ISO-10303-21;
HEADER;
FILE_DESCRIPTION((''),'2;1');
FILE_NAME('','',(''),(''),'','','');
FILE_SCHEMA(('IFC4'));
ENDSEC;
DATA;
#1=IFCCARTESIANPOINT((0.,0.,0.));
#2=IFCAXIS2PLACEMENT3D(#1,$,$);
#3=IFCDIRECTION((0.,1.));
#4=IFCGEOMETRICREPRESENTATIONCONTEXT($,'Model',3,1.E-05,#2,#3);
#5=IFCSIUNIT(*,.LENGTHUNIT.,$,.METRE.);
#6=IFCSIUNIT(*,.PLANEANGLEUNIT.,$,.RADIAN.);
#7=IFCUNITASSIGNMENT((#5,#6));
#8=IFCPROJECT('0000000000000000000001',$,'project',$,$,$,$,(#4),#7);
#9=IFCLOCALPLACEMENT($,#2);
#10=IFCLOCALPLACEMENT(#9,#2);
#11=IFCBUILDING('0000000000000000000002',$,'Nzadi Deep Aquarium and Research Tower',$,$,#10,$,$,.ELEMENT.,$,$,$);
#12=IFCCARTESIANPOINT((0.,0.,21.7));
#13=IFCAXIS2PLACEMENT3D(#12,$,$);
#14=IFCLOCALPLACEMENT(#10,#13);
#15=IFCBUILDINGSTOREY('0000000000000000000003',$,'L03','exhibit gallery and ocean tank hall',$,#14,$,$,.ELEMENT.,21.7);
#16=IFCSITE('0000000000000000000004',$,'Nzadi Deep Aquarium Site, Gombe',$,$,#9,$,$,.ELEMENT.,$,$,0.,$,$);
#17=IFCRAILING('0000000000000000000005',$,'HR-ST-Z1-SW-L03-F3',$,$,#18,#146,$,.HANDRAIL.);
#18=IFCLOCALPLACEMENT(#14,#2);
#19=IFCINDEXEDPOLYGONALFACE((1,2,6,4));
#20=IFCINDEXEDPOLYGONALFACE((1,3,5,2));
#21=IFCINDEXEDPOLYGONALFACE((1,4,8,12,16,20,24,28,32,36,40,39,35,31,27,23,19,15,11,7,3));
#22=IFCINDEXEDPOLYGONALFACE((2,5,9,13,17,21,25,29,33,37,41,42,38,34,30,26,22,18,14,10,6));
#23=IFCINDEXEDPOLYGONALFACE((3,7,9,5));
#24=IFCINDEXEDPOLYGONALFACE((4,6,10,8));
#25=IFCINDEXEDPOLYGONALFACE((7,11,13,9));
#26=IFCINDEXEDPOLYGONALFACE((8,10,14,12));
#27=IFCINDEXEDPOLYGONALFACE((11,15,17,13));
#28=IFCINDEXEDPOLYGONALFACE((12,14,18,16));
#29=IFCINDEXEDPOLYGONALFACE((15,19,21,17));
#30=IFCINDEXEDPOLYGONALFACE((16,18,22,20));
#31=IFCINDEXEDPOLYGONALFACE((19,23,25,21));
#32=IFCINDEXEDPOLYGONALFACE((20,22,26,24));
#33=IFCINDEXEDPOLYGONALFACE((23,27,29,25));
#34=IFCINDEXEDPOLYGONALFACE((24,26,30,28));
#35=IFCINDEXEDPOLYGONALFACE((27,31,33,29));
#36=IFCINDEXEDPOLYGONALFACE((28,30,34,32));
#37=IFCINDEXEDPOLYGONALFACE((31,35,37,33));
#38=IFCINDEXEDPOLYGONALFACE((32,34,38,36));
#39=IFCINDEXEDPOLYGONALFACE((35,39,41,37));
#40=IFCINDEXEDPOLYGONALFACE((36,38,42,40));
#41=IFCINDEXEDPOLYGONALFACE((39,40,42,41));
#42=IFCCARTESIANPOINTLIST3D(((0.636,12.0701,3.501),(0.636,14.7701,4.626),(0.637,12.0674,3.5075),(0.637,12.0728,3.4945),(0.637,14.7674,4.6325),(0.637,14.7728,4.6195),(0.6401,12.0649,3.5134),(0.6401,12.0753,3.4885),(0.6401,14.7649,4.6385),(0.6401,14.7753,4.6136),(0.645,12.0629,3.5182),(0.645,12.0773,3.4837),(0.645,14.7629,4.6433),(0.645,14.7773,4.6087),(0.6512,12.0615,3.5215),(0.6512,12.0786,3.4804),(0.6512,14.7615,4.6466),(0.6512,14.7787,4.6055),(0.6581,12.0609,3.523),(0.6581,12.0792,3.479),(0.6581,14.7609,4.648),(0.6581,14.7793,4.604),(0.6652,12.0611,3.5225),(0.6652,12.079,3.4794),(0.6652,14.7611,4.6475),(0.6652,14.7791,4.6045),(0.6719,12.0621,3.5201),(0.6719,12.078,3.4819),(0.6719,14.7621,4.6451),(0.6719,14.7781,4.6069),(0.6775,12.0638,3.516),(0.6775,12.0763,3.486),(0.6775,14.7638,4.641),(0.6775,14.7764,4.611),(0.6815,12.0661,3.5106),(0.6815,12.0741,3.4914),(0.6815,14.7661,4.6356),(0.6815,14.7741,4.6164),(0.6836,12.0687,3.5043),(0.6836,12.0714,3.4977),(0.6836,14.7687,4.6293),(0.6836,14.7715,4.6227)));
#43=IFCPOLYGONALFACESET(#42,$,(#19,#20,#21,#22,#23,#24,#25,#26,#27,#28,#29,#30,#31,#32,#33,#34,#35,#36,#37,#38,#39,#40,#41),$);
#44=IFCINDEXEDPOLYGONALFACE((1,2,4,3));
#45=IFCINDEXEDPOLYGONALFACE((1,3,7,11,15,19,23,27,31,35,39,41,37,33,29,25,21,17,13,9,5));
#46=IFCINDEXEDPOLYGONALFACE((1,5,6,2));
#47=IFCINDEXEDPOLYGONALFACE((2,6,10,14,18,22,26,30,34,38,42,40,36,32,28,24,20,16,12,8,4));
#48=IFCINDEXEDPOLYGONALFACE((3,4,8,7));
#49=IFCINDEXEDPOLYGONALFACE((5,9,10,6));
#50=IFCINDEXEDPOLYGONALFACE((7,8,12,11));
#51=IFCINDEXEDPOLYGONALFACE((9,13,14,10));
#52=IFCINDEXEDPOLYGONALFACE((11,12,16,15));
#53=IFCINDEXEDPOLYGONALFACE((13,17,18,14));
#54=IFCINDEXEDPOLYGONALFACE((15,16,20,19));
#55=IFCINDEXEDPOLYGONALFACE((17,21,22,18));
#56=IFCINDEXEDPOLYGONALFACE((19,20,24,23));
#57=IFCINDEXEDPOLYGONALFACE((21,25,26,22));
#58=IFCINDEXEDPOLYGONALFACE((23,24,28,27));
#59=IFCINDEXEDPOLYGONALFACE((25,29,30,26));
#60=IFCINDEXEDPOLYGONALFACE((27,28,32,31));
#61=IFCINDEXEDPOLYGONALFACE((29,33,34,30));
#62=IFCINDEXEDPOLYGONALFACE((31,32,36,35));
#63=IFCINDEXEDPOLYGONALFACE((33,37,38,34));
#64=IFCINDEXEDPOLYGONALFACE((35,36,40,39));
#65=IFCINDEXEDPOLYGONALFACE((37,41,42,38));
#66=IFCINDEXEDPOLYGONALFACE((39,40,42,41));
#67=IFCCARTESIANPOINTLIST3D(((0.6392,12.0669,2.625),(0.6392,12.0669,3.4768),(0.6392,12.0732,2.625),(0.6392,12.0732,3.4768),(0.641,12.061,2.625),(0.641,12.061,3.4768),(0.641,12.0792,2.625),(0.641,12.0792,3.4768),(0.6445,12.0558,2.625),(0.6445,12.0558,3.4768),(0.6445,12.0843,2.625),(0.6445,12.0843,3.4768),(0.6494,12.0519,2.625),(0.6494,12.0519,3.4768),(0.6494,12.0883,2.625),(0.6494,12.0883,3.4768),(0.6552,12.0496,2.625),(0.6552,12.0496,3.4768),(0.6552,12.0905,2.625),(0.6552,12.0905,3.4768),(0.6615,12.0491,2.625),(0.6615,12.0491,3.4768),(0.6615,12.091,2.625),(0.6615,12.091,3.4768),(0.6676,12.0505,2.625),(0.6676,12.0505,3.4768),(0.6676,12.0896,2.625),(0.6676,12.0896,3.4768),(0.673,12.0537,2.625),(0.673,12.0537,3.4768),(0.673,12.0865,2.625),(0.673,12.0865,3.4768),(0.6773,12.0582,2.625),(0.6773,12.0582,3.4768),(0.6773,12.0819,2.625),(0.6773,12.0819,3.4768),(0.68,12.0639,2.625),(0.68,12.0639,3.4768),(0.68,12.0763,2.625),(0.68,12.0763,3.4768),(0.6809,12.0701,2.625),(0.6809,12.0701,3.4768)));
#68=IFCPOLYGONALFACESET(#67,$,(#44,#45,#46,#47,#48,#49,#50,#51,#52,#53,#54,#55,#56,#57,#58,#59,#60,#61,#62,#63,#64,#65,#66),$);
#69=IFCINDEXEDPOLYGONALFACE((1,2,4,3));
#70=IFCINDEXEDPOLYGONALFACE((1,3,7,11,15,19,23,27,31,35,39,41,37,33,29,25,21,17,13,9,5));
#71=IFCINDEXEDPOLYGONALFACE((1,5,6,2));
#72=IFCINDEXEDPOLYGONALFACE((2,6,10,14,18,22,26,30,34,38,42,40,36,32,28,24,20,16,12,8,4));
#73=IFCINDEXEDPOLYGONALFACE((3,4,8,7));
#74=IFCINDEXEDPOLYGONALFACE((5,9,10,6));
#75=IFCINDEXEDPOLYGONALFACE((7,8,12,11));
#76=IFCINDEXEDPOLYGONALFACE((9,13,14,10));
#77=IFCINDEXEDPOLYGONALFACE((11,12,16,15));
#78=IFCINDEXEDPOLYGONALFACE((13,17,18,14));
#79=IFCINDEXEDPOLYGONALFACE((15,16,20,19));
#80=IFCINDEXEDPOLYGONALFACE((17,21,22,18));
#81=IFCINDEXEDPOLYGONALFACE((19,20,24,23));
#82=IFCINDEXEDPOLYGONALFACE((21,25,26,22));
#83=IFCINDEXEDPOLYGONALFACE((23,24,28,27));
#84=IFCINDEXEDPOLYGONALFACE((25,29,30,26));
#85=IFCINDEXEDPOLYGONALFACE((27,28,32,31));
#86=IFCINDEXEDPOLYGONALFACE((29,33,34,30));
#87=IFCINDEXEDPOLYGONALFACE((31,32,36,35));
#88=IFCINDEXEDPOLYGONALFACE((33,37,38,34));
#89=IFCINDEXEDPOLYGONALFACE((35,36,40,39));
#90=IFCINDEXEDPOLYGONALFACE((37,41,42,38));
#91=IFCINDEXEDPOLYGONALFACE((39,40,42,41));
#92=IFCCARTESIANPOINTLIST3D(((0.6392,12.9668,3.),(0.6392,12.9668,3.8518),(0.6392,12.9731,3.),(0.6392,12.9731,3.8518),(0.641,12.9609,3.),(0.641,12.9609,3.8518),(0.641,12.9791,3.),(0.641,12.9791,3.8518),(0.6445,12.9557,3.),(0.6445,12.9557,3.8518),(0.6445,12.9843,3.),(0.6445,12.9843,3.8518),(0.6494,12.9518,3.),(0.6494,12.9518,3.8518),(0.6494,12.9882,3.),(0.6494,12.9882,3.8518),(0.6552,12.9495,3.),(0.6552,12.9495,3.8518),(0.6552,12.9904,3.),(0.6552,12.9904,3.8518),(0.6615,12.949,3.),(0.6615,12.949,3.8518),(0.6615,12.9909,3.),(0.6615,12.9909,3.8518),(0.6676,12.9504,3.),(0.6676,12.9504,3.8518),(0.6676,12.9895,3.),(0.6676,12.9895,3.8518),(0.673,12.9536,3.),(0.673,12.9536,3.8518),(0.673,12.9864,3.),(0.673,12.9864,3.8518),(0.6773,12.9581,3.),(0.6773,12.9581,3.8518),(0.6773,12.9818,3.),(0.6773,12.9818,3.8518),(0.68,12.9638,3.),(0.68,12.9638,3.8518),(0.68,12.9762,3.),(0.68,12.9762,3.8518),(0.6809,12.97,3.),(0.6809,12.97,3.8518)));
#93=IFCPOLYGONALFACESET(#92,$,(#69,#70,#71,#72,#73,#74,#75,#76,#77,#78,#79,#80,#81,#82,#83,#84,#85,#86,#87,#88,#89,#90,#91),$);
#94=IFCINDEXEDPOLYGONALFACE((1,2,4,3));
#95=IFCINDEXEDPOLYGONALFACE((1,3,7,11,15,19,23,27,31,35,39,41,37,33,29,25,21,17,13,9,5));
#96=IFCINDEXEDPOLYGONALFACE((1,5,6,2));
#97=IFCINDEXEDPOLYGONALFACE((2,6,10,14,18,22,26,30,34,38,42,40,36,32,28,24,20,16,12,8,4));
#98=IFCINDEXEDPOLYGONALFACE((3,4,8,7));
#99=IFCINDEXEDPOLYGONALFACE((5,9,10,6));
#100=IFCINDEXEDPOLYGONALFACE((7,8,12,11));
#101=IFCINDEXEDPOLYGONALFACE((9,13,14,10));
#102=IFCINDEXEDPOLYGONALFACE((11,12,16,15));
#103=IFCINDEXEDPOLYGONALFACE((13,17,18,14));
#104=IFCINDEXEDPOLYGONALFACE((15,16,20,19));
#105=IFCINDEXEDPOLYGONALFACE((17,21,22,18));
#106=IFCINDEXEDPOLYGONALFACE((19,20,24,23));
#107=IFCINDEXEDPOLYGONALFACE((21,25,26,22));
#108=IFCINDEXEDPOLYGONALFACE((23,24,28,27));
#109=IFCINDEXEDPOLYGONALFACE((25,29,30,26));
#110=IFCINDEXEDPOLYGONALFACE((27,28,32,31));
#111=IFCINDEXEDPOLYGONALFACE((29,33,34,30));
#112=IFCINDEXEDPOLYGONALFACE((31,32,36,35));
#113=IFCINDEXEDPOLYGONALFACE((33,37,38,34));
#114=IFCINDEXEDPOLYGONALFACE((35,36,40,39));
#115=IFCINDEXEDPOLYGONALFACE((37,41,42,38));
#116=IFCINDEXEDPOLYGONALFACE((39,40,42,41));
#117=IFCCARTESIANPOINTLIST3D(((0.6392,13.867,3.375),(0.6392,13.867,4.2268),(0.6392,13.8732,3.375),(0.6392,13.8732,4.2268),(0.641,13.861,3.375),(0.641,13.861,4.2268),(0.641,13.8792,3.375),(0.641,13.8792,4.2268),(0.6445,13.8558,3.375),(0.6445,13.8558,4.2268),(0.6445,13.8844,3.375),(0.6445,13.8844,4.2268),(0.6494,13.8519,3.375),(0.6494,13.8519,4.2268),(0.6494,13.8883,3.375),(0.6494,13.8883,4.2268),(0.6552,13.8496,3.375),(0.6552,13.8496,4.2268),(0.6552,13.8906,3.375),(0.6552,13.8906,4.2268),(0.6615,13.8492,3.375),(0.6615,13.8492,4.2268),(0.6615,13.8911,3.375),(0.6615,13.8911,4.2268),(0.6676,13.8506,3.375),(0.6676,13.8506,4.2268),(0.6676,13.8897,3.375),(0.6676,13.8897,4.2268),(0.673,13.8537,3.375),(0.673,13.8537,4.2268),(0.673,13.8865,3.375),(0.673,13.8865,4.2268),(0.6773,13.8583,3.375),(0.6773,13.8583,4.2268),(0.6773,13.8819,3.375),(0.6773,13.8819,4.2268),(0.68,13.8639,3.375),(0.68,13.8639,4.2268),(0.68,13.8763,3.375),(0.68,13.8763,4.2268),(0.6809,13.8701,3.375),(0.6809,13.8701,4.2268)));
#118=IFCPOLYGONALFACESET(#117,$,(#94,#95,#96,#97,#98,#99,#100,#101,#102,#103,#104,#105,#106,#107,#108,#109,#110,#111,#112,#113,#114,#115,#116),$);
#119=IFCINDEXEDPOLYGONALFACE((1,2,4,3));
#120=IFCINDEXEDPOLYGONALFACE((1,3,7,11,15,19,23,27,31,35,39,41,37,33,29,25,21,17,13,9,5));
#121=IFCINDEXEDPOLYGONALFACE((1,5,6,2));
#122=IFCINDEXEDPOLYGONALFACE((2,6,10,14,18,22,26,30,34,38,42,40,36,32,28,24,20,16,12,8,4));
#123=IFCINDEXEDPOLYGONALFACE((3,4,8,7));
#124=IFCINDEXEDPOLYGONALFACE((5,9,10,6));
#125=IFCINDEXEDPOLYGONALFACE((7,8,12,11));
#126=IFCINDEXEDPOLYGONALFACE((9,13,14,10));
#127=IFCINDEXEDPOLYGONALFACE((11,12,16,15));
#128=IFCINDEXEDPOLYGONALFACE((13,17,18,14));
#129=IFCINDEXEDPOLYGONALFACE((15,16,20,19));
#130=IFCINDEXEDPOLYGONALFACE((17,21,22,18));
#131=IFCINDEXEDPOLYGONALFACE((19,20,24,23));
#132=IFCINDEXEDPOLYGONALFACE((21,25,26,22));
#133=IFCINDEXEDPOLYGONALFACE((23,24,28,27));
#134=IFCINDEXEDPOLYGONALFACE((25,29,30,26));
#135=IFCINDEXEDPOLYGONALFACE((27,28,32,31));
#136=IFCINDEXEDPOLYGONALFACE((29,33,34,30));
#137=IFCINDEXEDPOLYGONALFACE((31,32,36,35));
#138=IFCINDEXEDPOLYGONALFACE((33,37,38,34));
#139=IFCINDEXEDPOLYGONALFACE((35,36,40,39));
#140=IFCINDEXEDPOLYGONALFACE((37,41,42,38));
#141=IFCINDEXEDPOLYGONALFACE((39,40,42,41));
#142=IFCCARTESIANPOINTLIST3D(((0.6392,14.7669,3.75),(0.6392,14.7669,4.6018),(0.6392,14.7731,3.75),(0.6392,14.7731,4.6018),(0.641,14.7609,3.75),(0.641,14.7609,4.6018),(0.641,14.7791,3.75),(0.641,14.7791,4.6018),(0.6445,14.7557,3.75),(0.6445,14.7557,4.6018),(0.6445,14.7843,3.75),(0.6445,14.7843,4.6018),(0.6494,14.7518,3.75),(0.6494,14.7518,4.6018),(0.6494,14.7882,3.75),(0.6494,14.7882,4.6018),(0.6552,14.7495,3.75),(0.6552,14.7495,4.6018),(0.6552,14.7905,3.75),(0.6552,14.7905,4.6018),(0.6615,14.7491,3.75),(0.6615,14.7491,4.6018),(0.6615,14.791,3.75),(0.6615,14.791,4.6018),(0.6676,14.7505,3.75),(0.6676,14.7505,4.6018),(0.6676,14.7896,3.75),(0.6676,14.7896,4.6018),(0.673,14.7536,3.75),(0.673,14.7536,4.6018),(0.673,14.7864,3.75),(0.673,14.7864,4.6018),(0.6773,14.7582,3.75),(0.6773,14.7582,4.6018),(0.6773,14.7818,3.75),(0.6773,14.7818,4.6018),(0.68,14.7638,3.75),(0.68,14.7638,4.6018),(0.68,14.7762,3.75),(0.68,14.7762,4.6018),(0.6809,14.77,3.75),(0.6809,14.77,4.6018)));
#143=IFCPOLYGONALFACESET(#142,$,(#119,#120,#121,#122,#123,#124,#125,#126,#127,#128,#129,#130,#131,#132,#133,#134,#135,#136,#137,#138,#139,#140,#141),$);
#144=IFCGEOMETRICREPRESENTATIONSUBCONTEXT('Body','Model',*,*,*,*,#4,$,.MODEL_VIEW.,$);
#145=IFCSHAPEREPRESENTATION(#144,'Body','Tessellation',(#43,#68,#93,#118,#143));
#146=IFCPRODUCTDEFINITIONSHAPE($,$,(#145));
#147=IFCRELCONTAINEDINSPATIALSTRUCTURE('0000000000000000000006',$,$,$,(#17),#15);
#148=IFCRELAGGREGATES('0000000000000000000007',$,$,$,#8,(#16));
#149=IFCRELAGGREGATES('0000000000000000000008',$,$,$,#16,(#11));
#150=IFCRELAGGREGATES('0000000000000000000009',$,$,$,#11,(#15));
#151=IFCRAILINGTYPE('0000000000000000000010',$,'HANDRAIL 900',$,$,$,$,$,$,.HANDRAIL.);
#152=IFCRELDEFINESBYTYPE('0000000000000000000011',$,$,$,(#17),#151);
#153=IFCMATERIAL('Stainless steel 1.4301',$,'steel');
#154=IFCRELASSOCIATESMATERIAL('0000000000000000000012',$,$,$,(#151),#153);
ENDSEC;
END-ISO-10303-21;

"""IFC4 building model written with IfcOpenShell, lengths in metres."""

from ifc_helpers import new_model, si_unit, direction, frame, origin, origin_2d, place, context, subcontext, project, spatial, circle, extrude, material, type_object, element, save


model = new_model("IFC4")

# Units and contexts
model_context = context("Model", 3, precision=1e-05, world=origin(), true_north=direction((0.0, 1.0)))
body_context = subcontext(model_context, "Body", "Model", "MODEL_VIEW")
ifc_project = project(units=[si_unit("LENGTHUNIT", "METRE"), si_unit("PLANEANGLEUNIT", "RADIAN")], contexts=[model_context])

# Site, building, storey
site_placement = place(None, origin())
site = spatial("IfcSite", under=ifc_project, at=site_placement, Name="Nzadi Deep Aquarium Site, Gombe", CompositionType="ELEMENT", RefElevation=0.0)
building_placement = place(site_placement, origin())
building = spatial("IfcBuilding", under=site, at=building_placement, Name="Nzadi Deep Aquarium and Research Tower", CompositionType="ELEMENT")
storey_placement = place(building_placement, frame((0.0, 0.0, 21.7)))
storey = spatial("IfcBuildingStorey", under=building, at=storey_placement, Name="L03", Description="exhibit gallery and ocean tank hall", CompositionType="ELEMENT", Elevation=21.7)

# Railing
ifc_material_1 = material(Name="Stainless steel 1.4301", Category="steel")
railing_type = type_object("IfcRailingType", Name="HANDRAIL 900", PredefinedType="HANDRAIL", material=ifc_material_1)
for number, where, name in (
    (1, (0.6599, 12.0701, 2.625), "HR-ST-Z1-SW-L03-F3"),
):
    element("IfcRailing", number, at=place(storey_placement, frame(where)), inside=storey, type_object=railing_type, Name=name, PredefinedType="HANDRAIL", context=body_context, shape_type="SweptSolid", body=[
        extrude(circle(Radius=0.0239, at=origin_2d()), frame((0.0, 0.0, 0.876), z_axis=(0.0, 0.923074, 0.384621), x_axis=(-1.0, 0.0, 0.0)), (0.0, 0.0, 1.0), 2.925),
        extrude(circle(Radius=0.021, at=origin_2d()), origin(), (0.0, 0.0, 1.0), 0.8518),
        extrude(circle(Radius=0.021, at=origin_2d()), frame((0.0, 0.8999, 0.375)), (0.0, 0.0, 1.0), 0.8518),
        extrude(circle(Radius=0.021, at=origin_2d()), frame((0.0, 1.8, 0.75)), (0.0, 0.0, 1.0), 0.8518),
        extrude(circle(Radius=0.021, at=origin_2d()), frame((0.0, 2.7, 1.125)), (0.0, 0.0, 1.0), 0.8518),
    ])

save(model, "model.ifc")
